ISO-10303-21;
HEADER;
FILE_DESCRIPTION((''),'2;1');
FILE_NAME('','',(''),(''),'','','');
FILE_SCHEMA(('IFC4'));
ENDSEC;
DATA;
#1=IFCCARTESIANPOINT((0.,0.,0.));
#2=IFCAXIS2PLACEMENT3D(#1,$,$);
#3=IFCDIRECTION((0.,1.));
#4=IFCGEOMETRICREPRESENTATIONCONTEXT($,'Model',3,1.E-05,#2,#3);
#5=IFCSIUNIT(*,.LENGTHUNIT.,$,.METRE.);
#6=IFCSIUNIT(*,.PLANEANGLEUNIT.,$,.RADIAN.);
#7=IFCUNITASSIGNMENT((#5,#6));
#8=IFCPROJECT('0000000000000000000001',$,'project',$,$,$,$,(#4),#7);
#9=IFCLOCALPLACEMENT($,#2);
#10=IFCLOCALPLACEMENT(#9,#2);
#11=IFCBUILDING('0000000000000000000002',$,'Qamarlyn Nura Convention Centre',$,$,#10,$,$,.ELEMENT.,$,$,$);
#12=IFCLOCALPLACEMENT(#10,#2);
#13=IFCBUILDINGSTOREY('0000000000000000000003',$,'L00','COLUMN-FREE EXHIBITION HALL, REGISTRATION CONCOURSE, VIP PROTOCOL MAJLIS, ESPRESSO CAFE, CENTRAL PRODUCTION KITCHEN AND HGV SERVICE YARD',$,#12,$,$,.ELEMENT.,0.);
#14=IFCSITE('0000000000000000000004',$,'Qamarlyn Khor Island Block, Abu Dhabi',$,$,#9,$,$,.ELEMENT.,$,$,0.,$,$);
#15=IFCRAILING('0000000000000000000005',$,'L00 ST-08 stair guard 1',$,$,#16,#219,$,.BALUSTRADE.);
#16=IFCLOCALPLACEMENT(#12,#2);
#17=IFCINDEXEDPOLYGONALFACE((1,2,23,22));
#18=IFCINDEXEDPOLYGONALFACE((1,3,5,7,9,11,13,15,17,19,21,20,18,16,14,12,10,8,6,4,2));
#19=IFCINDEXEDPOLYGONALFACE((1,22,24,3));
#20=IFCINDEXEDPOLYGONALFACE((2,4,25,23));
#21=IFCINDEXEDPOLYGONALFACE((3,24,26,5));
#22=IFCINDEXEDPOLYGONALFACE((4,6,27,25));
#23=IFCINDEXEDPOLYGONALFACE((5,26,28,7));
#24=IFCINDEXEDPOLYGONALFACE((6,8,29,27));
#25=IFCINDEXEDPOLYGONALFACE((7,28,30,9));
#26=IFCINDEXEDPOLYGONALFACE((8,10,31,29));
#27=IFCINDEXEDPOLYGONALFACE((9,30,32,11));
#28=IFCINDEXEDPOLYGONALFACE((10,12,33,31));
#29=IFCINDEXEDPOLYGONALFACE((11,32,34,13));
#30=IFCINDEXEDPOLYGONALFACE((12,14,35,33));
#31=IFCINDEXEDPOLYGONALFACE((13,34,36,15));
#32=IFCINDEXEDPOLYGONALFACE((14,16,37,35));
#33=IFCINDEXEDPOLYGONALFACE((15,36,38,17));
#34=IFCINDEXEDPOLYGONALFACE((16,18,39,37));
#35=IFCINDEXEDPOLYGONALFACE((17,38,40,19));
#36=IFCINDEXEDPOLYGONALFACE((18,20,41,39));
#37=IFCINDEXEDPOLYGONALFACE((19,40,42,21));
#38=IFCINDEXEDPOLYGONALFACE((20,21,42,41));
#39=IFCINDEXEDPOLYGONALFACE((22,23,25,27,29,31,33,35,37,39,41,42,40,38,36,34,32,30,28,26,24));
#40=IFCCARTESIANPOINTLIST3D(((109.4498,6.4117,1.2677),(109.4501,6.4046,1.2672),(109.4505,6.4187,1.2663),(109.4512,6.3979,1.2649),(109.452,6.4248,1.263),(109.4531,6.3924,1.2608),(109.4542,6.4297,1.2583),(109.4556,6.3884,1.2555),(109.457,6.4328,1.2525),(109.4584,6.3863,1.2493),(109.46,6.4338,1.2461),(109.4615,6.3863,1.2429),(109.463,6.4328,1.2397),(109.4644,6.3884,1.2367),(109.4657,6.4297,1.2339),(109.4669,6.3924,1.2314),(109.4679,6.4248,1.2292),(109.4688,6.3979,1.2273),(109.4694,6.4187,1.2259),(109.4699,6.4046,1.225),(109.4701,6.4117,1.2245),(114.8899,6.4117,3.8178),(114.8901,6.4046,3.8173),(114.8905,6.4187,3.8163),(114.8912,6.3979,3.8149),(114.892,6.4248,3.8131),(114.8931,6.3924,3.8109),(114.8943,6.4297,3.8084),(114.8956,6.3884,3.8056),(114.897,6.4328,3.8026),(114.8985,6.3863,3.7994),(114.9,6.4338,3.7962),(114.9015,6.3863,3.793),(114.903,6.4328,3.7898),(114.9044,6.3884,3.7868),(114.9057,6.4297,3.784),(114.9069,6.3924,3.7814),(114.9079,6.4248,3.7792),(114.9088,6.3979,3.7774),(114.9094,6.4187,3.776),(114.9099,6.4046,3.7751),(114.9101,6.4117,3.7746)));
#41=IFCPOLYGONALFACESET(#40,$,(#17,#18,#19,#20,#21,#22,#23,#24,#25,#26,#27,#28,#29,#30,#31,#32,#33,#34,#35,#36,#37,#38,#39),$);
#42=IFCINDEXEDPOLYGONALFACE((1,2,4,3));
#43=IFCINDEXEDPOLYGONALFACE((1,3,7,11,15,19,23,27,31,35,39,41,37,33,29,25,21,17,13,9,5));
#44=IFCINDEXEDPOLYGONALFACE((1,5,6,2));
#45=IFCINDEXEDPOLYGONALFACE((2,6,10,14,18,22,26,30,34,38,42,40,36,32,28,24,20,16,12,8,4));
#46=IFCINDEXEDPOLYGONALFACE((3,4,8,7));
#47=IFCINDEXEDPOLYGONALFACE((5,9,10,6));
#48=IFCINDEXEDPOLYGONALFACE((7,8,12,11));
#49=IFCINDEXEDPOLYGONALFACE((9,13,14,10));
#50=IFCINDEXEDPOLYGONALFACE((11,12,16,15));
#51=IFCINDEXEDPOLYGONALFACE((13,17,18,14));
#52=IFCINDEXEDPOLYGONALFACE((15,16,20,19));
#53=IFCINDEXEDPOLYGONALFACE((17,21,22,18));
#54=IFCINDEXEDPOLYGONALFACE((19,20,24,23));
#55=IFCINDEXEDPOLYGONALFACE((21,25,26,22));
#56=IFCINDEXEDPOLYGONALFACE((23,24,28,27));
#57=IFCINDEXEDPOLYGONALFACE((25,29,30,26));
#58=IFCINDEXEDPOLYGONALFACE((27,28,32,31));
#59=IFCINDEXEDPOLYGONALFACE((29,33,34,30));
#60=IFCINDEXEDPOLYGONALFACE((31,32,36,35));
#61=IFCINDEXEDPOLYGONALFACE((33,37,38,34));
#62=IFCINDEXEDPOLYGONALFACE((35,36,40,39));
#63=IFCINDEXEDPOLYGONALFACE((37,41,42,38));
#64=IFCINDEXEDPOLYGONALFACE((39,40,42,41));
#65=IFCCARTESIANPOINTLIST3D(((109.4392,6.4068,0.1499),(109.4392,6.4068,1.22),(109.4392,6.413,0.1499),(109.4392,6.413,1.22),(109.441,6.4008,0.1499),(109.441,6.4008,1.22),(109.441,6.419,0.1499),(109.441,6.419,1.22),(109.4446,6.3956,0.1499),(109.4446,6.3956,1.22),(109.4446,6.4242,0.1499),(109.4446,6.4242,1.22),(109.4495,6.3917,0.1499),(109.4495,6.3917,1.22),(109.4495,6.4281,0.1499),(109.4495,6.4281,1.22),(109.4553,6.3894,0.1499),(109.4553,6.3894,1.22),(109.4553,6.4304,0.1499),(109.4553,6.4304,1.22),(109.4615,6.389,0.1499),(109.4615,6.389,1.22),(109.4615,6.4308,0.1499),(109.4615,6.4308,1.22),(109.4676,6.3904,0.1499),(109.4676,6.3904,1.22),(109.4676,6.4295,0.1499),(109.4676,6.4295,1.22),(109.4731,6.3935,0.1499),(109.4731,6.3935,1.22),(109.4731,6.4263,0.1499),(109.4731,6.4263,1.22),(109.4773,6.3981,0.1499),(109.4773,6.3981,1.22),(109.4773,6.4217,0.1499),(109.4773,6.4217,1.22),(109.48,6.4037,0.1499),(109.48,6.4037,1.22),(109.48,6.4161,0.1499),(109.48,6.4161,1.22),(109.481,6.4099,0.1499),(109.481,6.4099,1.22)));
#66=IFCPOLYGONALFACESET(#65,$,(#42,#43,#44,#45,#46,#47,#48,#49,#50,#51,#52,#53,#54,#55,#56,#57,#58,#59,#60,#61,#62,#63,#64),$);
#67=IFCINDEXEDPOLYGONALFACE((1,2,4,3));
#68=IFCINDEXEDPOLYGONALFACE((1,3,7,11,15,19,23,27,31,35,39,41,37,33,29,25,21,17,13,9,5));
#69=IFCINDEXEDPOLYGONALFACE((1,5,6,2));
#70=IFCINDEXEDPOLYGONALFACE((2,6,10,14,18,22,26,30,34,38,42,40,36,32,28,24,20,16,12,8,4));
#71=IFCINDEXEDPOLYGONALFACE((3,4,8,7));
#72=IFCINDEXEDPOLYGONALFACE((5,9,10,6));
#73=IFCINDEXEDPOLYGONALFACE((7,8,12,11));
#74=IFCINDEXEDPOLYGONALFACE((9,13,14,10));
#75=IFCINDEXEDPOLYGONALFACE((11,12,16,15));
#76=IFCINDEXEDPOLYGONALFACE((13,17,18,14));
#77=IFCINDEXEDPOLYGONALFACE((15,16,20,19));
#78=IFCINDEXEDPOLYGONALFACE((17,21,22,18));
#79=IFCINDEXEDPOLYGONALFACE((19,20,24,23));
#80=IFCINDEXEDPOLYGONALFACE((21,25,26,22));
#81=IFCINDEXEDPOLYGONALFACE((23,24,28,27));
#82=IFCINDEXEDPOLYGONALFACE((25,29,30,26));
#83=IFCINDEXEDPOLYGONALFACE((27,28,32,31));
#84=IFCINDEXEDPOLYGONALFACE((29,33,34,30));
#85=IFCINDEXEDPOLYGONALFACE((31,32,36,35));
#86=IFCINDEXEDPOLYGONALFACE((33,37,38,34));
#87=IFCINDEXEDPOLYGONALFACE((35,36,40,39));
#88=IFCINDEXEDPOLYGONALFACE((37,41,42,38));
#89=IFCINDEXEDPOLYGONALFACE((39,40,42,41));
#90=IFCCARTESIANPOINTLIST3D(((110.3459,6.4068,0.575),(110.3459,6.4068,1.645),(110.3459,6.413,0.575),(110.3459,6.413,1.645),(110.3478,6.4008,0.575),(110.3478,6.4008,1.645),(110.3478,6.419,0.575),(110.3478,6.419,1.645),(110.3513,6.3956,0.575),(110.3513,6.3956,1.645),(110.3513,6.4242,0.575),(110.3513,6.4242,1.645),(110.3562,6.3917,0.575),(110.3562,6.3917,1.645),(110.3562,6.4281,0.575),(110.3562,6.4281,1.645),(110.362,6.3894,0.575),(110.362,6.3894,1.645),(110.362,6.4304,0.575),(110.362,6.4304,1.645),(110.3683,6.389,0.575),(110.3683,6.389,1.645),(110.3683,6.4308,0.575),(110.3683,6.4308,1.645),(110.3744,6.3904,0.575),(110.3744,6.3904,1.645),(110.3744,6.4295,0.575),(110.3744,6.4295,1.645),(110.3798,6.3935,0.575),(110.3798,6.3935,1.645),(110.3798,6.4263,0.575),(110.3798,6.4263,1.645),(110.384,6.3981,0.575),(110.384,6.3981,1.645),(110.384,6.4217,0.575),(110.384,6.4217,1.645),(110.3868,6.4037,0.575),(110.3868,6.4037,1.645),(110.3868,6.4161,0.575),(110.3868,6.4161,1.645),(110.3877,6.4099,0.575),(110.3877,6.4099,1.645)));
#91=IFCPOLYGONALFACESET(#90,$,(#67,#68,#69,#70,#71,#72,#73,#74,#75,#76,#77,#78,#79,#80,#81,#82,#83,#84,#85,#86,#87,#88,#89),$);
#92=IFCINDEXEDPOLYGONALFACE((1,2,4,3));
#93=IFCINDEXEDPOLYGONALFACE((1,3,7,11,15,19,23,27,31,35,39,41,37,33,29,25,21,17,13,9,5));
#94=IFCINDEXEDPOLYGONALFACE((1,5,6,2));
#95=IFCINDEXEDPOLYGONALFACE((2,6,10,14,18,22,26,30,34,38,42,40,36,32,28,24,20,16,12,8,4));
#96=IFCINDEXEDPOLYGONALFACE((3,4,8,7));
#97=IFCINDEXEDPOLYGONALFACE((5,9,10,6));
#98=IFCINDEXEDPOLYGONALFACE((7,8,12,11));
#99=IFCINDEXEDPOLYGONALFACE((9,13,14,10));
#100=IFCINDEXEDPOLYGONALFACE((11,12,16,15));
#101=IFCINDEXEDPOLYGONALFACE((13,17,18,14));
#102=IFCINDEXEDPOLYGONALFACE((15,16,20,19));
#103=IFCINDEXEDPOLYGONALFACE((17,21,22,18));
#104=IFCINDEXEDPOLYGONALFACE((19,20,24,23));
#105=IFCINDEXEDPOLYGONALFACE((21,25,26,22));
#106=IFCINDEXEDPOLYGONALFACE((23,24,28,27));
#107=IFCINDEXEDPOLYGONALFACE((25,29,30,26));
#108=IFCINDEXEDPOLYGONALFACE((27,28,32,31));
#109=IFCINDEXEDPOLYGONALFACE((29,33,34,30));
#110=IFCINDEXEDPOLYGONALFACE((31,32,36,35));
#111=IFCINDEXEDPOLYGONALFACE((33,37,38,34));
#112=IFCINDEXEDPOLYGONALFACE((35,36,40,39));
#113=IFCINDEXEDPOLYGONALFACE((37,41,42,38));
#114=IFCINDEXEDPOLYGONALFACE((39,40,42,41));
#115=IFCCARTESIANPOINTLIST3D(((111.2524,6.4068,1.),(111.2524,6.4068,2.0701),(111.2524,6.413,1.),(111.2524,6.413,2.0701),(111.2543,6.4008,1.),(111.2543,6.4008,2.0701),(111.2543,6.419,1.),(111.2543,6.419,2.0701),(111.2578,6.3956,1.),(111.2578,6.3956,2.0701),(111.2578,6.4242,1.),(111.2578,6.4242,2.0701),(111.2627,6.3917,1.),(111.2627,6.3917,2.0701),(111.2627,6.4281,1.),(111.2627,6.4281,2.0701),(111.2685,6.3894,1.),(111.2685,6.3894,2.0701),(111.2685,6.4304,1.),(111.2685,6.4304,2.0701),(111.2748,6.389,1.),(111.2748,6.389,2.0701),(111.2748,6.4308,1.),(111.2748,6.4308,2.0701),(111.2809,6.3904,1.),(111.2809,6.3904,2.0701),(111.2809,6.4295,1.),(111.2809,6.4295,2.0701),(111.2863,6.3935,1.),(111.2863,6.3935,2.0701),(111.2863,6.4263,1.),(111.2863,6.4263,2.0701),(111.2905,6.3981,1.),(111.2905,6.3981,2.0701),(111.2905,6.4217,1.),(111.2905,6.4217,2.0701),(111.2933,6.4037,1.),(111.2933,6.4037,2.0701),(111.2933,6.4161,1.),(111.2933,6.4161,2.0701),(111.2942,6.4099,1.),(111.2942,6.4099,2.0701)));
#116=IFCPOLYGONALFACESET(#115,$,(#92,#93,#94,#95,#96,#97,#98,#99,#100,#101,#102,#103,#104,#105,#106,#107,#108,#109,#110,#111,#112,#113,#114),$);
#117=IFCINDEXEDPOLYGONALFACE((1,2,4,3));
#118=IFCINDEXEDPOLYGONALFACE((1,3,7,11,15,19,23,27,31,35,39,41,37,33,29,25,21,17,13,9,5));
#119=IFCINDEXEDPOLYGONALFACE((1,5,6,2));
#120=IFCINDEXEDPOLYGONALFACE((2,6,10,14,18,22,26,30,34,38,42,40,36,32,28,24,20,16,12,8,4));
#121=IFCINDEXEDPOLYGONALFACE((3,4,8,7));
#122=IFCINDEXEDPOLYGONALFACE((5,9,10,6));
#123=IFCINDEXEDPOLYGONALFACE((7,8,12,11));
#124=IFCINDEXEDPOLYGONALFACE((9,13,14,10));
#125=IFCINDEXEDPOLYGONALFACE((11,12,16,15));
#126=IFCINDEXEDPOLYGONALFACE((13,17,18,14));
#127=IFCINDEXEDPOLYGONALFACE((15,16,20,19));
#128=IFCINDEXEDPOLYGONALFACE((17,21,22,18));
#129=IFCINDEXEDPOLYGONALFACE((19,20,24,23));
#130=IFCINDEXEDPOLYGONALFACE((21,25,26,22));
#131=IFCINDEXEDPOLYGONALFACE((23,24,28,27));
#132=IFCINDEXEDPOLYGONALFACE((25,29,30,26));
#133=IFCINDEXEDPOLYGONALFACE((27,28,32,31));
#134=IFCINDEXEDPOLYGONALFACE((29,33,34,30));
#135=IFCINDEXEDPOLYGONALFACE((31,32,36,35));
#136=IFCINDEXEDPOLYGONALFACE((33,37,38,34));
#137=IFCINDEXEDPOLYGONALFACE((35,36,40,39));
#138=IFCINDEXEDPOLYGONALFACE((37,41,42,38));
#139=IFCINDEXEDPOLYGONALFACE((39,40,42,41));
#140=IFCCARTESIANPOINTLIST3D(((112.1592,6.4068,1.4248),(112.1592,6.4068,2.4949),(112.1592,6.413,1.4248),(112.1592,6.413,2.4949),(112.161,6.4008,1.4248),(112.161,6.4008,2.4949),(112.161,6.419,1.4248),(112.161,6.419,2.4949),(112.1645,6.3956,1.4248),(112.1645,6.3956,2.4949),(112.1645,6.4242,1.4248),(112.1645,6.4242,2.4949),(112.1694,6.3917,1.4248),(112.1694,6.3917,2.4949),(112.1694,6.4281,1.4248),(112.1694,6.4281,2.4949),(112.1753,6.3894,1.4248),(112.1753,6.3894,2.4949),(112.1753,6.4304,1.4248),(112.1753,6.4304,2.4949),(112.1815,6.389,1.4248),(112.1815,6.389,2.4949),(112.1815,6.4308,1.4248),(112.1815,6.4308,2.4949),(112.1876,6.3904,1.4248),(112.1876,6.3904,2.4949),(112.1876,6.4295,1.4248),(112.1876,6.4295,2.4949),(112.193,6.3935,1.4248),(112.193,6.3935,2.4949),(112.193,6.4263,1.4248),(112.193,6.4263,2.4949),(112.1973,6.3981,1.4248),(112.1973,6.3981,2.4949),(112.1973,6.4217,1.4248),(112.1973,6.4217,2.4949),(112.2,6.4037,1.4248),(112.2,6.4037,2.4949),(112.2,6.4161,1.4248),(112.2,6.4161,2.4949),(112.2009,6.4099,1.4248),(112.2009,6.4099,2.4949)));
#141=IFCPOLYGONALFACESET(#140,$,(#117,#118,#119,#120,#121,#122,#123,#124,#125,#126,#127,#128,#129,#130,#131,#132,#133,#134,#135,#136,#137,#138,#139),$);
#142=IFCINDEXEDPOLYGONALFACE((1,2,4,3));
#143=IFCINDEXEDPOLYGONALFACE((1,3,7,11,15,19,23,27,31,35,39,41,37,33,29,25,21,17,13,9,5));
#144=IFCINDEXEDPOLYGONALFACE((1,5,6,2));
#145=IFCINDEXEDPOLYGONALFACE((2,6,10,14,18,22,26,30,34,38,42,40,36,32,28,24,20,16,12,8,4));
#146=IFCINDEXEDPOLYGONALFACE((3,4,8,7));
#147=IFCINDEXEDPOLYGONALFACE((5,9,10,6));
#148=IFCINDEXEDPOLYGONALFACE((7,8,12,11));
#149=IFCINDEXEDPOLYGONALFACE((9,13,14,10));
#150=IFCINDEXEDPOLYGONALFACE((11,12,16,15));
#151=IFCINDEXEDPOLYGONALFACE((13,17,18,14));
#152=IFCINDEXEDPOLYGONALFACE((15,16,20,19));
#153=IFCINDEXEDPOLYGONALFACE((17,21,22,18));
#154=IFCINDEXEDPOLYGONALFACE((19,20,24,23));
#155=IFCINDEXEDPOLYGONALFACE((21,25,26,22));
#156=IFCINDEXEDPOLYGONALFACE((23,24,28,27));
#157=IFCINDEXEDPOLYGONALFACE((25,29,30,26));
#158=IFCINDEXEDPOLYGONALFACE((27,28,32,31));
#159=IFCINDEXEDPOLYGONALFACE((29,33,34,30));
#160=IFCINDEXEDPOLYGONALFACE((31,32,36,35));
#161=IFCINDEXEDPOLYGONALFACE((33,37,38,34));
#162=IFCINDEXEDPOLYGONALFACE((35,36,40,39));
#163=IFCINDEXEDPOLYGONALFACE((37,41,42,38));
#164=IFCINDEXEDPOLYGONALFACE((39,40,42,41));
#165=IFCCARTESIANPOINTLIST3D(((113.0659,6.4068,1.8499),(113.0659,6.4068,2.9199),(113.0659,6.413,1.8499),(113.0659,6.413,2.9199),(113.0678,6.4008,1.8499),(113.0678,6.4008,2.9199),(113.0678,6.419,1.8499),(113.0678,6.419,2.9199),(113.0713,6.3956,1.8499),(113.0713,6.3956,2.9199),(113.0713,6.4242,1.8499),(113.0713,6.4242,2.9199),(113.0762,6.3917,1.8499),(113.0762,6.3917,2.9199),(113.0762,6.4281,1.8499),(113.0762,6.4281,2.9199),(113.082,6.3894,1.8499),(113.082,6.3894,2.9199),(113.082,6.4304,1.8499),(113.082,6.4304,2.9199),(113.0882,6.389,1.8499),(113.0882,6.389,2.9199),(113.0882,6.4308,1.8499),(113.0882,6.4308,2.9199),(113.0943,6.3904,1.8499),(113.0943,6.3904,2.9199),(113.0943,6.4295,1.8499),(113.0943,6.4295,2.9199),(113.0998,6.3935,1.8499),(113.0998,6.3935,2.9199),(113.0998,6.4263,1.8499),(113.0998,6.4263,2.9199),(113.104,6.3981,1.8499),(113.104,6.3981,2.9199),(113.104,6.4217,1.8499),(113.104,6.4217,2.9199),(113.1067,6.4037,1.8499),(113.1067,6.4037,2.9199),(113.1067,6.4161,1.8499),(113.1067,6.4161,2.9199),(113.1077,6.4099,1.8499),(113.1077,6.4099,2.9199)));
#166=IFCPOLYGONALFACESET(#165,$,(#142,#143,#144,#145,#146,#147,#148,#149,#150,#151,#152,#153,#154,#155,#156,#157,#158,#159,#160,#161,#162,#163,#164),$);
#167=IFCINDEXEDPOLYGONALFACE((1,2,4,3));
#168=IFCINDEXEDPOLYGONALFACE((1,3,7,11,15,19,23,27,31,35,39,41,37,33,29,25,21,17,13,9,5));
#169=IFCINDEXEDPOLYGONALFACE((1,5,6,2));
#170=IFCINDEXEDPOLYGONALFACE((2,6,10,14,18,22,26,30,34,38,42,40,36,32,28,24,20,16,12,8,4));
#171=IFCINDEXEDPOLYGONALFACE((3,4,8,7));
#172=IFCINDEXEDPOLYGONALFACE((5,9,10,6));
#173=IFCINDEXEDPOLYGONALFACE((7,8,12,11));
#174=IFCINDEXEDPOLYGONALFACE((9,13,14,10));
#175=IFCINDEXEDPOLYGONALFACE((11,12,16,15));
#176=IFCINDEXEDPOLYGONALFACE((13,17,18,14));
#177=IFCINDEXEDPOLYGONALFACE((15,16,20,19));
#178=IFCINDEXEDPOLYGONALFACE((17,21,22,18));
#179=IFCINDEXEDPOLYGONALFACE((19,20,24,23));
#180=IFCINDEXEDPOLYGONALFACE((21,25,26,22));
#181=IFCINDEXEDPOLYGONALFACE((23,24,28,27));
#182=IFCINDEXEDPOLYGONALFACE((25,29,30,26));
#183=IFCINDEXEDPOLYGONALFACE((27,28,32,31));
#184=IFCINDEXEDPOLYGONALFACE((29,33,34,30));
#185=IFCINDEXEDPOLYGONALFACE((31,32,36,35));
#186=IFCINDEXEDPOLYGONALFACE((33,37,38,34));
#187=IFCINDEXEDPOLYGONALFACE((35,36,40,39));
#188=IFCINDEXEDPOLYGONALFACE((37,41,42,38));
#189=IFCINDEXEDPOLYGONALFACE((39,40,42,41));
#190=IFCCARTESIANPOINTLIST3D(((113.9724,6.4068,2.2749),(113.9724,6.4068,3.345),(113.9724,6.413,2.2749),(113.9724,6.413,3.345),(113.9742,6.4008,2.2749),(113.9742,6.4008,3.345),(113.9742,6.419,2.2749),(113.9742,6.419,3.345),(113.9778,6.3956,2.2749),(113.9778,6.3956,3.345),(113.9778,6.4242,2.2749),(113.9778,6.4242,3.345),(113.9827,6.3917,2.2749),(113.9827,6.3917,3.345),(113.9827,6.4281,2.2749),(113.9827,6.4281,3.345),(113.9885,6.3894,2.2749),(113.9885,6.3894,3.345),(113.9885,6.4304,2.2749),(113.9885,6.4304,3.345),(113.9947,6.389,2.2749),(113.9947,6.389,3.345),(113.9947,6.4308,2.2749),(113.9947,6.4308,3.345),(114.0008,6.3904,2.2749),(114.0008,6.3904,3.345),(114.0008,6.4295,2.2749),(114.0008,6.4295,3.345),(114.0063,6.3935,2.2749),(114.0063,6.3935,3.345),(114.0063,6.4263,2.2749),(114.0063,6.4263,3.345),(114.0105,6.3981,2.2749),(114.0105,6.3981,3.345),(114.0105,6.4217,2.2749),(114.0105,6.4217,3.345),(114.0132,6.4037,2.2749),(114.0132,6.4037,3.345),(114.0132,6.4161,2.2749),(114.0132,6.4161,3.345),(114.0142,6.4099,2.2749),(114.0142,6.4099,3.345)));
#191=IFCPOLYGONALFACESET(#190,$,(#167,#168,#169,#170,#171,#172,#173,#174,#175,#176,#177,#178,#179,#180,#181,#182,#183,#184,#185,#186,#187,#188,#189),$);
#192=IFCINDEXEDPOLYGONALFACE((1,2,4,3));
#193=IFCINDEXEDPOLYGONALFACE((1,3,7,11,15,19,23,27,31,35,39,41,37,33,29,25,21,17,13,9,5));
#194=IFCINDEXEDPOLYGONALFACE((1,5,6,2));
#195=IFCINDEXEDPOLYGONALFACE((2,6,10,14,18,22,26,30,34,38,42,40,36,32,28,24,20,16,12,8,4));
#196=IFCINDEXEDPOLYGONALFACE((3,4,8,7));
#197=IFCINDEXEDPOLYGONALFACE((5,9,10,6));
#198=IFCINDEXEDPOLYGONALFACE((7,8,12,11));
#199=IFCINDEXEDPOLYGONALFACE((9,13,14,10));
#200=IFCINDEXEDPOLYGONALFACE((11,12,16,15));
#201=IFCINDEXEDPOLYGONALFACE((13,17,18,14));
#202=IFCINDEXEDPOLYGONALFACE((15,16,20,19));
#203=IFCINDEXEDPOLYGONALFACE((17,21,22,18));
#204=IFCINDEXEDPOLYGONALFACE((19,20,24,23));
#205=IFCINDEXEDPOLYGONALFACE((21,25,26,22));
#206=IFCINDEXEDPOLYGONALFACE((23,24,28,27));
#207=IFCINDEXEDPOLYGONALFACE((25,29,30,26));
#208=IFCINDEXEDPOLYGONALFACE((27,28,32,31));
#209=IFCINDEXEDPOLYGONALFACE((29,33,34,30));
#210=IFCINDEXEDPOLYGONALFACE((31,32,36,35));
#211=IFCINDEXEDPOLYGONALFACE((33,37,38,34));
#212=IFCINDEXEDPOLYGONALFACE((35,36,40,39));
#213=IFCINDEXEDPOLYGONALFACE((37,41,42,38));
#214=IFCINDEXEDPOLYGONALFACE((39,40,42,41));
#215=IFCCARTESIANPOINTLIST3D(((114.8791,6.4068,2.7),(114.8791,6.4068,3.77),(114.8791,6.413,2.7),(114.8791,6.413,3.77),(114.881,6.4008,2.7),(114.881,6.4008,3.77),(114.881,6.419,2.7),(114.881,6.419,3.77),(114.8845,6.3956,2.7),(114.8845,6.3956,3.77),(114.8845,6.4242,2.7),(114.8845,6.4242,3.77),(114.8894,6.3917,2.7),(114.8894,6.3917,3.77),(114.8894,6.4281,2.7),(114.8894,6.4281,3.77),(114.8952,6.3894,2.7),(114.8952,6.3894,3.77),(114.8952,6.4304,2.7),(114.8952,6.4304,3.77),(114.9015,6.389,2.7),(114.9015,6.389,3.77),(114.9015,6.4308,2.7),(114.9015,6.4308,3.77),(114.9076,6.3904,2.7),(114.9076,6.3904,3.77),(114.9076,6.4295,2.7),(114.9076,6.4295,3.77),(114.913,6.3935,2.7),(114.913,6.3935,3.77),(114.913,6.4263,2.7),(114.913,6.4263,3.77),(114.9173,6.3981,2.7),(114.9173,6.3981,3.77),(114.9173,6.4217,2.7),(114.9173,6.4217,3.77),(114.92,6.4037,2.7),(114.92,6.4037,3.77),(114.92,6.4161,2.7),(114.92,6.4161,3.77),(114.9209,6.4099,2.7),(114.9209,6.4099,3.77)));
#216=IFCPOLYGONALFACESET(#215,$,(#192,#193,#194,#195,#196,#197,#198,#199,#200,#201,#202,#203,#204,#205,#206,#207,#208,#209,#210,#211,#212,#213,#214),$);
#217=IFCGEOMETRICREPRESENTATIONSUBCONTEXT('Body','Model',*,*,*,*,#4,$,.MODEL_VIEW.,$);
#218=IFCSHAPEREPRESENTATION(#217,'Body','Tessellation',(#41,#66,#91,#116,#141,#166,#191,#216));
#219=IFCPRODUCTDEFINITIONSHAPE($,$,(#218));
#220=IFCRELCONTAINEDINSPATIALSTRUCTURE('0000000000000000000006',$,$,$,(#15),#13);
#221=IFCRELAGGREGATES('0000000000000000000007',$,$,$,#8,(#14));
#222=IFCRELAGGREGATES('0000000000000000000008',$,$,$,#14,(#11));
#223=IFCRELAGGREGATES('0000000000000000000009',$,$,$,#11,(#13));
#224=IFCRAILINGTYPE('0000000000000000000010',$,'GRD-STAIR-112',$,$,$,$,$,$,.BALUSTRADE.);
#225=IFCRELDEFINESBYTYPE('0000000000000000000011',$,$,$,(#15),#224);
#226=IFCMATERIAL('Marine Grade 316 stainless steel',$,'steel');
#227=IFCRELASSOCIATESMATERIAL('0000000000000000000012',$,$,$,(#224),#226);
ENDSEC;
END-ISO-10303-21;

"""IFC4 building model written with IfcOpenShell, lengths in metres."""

from ifc_helpers import new_model, si_unit, direction, frame, origin, origin_2d, place, context, subcontext, project, spatial, circle, extrude, material, type_object, element, save


model = new_model("IFC4")

# Units and contexts
model_context = context("Model", 3, precision=1e-05, world=origin(), true_north=direction((0.0, 1.0)))
body_context = subcontext(model_context, "Body", "Model", "MODEL_VIEW")
ifc_project = project(units=[si_unit("LENGTHUNIT", "METRE"), si_unit("PLANEANGLEUNIT", "RADIAN")], contexts=[model_context])

# Site, building, storey
site_placement = place(None, origin())
site = spatial("IfcSite", under=ifc_project, at=site_placement, Name="Qamarlyn Khor Island Block, Abu Dhabi", CompositionType="ELEMENT", RefElevation=0.0)
building_placement = place(site_placement, origin())
building = spatial("IfcBuilding", under=site, at=building_placement, Name="Qamarlyn Nura Convention Centre", CompositionType="ELEMENT")
storey_placement = place(building_placement, origin())
storey = spatial("IfcBuildingStorey", under=building, at=storey_placement, Name="L00", Description="COLUMN-FREE EXHIBITION HALL, REGISTRATION CONCOURSE, VIP PROTOCOL MAJLIS, ESPRESSO CAFE, CENTRAL PRODUCTION KITCHEN AND HGV SERVICE YARD", CompositionType="ELEMENT", Elevation=0.0)

# Railing
ifc_material_1 = material(Name="Marine Grade 316 stainless steel", Category="steel")
railing_type_1 = type_object("IfcRailingType", Name="GRD-STAIR-112", PredefinedType="BALUSTRADE", material=ifc_material_1)
railing_1_placement = place(storey_placement, frame((109.46, 6.4099, 0.1499)))
element("IfcRailing", 1, at=railing_1_placement, inside=storey, type_object=railing_type_1, Name="L00 ST-08 stair guard 1", PredefinedType="BALUSTRADE", context=body_context, shape_type="SweptSolid", body=[
    extrude(circle(Radius=0.0239, at=origin_2d()), frame((0.0, 0.0, 1.0962), z_axis=(0.905454, 0.0, 0.424444), x_axis=(0.0, 1.0, 0.0)), (0.0, 0.0, 1.0), 6.0081),
    extrude(circle(Radius=0.021, at=origin_2d()), origin(), (0.0, 0.0, 1.0), 1.0701),
    extrude(circle(Radius=0.021, at=origin_2d()), frame((0.9067, 0.0, 0.425)), (0.0, 0.0, 1.0), 1.0701),
    extrude(circle(Radius=0.021, at=origin_2d()), frame((1.8132, 0.0, 0.8501)), (0.0, 0.0, 1.0), 1.0701),
    extrude(circle(Radius=0.021, at=origin_2d()), frame((2.72, 0.0, 1.2749)), (0.0, 0.0, 1.0), 1.0701),
    extrude(circle(Radius=0.021, at=origin_2d()), frame((3.6267, 0.0, 1.7)), (0.0, 0.0, 1.0), 1.0701),
    extrude(circle(Radius=0.021, at=origin_2d()), frame((4.5332, 0.0, 2.125)), (0.0, 0.0, 1.0), 1.0701),
    extrude(circle(Radius=0.021, at=origin_2d()), frame((5.4399, 0.0, 2.55)), (0.0, 0.0, 1.0), 1.0701),
])

save(model, "model.ifc")
